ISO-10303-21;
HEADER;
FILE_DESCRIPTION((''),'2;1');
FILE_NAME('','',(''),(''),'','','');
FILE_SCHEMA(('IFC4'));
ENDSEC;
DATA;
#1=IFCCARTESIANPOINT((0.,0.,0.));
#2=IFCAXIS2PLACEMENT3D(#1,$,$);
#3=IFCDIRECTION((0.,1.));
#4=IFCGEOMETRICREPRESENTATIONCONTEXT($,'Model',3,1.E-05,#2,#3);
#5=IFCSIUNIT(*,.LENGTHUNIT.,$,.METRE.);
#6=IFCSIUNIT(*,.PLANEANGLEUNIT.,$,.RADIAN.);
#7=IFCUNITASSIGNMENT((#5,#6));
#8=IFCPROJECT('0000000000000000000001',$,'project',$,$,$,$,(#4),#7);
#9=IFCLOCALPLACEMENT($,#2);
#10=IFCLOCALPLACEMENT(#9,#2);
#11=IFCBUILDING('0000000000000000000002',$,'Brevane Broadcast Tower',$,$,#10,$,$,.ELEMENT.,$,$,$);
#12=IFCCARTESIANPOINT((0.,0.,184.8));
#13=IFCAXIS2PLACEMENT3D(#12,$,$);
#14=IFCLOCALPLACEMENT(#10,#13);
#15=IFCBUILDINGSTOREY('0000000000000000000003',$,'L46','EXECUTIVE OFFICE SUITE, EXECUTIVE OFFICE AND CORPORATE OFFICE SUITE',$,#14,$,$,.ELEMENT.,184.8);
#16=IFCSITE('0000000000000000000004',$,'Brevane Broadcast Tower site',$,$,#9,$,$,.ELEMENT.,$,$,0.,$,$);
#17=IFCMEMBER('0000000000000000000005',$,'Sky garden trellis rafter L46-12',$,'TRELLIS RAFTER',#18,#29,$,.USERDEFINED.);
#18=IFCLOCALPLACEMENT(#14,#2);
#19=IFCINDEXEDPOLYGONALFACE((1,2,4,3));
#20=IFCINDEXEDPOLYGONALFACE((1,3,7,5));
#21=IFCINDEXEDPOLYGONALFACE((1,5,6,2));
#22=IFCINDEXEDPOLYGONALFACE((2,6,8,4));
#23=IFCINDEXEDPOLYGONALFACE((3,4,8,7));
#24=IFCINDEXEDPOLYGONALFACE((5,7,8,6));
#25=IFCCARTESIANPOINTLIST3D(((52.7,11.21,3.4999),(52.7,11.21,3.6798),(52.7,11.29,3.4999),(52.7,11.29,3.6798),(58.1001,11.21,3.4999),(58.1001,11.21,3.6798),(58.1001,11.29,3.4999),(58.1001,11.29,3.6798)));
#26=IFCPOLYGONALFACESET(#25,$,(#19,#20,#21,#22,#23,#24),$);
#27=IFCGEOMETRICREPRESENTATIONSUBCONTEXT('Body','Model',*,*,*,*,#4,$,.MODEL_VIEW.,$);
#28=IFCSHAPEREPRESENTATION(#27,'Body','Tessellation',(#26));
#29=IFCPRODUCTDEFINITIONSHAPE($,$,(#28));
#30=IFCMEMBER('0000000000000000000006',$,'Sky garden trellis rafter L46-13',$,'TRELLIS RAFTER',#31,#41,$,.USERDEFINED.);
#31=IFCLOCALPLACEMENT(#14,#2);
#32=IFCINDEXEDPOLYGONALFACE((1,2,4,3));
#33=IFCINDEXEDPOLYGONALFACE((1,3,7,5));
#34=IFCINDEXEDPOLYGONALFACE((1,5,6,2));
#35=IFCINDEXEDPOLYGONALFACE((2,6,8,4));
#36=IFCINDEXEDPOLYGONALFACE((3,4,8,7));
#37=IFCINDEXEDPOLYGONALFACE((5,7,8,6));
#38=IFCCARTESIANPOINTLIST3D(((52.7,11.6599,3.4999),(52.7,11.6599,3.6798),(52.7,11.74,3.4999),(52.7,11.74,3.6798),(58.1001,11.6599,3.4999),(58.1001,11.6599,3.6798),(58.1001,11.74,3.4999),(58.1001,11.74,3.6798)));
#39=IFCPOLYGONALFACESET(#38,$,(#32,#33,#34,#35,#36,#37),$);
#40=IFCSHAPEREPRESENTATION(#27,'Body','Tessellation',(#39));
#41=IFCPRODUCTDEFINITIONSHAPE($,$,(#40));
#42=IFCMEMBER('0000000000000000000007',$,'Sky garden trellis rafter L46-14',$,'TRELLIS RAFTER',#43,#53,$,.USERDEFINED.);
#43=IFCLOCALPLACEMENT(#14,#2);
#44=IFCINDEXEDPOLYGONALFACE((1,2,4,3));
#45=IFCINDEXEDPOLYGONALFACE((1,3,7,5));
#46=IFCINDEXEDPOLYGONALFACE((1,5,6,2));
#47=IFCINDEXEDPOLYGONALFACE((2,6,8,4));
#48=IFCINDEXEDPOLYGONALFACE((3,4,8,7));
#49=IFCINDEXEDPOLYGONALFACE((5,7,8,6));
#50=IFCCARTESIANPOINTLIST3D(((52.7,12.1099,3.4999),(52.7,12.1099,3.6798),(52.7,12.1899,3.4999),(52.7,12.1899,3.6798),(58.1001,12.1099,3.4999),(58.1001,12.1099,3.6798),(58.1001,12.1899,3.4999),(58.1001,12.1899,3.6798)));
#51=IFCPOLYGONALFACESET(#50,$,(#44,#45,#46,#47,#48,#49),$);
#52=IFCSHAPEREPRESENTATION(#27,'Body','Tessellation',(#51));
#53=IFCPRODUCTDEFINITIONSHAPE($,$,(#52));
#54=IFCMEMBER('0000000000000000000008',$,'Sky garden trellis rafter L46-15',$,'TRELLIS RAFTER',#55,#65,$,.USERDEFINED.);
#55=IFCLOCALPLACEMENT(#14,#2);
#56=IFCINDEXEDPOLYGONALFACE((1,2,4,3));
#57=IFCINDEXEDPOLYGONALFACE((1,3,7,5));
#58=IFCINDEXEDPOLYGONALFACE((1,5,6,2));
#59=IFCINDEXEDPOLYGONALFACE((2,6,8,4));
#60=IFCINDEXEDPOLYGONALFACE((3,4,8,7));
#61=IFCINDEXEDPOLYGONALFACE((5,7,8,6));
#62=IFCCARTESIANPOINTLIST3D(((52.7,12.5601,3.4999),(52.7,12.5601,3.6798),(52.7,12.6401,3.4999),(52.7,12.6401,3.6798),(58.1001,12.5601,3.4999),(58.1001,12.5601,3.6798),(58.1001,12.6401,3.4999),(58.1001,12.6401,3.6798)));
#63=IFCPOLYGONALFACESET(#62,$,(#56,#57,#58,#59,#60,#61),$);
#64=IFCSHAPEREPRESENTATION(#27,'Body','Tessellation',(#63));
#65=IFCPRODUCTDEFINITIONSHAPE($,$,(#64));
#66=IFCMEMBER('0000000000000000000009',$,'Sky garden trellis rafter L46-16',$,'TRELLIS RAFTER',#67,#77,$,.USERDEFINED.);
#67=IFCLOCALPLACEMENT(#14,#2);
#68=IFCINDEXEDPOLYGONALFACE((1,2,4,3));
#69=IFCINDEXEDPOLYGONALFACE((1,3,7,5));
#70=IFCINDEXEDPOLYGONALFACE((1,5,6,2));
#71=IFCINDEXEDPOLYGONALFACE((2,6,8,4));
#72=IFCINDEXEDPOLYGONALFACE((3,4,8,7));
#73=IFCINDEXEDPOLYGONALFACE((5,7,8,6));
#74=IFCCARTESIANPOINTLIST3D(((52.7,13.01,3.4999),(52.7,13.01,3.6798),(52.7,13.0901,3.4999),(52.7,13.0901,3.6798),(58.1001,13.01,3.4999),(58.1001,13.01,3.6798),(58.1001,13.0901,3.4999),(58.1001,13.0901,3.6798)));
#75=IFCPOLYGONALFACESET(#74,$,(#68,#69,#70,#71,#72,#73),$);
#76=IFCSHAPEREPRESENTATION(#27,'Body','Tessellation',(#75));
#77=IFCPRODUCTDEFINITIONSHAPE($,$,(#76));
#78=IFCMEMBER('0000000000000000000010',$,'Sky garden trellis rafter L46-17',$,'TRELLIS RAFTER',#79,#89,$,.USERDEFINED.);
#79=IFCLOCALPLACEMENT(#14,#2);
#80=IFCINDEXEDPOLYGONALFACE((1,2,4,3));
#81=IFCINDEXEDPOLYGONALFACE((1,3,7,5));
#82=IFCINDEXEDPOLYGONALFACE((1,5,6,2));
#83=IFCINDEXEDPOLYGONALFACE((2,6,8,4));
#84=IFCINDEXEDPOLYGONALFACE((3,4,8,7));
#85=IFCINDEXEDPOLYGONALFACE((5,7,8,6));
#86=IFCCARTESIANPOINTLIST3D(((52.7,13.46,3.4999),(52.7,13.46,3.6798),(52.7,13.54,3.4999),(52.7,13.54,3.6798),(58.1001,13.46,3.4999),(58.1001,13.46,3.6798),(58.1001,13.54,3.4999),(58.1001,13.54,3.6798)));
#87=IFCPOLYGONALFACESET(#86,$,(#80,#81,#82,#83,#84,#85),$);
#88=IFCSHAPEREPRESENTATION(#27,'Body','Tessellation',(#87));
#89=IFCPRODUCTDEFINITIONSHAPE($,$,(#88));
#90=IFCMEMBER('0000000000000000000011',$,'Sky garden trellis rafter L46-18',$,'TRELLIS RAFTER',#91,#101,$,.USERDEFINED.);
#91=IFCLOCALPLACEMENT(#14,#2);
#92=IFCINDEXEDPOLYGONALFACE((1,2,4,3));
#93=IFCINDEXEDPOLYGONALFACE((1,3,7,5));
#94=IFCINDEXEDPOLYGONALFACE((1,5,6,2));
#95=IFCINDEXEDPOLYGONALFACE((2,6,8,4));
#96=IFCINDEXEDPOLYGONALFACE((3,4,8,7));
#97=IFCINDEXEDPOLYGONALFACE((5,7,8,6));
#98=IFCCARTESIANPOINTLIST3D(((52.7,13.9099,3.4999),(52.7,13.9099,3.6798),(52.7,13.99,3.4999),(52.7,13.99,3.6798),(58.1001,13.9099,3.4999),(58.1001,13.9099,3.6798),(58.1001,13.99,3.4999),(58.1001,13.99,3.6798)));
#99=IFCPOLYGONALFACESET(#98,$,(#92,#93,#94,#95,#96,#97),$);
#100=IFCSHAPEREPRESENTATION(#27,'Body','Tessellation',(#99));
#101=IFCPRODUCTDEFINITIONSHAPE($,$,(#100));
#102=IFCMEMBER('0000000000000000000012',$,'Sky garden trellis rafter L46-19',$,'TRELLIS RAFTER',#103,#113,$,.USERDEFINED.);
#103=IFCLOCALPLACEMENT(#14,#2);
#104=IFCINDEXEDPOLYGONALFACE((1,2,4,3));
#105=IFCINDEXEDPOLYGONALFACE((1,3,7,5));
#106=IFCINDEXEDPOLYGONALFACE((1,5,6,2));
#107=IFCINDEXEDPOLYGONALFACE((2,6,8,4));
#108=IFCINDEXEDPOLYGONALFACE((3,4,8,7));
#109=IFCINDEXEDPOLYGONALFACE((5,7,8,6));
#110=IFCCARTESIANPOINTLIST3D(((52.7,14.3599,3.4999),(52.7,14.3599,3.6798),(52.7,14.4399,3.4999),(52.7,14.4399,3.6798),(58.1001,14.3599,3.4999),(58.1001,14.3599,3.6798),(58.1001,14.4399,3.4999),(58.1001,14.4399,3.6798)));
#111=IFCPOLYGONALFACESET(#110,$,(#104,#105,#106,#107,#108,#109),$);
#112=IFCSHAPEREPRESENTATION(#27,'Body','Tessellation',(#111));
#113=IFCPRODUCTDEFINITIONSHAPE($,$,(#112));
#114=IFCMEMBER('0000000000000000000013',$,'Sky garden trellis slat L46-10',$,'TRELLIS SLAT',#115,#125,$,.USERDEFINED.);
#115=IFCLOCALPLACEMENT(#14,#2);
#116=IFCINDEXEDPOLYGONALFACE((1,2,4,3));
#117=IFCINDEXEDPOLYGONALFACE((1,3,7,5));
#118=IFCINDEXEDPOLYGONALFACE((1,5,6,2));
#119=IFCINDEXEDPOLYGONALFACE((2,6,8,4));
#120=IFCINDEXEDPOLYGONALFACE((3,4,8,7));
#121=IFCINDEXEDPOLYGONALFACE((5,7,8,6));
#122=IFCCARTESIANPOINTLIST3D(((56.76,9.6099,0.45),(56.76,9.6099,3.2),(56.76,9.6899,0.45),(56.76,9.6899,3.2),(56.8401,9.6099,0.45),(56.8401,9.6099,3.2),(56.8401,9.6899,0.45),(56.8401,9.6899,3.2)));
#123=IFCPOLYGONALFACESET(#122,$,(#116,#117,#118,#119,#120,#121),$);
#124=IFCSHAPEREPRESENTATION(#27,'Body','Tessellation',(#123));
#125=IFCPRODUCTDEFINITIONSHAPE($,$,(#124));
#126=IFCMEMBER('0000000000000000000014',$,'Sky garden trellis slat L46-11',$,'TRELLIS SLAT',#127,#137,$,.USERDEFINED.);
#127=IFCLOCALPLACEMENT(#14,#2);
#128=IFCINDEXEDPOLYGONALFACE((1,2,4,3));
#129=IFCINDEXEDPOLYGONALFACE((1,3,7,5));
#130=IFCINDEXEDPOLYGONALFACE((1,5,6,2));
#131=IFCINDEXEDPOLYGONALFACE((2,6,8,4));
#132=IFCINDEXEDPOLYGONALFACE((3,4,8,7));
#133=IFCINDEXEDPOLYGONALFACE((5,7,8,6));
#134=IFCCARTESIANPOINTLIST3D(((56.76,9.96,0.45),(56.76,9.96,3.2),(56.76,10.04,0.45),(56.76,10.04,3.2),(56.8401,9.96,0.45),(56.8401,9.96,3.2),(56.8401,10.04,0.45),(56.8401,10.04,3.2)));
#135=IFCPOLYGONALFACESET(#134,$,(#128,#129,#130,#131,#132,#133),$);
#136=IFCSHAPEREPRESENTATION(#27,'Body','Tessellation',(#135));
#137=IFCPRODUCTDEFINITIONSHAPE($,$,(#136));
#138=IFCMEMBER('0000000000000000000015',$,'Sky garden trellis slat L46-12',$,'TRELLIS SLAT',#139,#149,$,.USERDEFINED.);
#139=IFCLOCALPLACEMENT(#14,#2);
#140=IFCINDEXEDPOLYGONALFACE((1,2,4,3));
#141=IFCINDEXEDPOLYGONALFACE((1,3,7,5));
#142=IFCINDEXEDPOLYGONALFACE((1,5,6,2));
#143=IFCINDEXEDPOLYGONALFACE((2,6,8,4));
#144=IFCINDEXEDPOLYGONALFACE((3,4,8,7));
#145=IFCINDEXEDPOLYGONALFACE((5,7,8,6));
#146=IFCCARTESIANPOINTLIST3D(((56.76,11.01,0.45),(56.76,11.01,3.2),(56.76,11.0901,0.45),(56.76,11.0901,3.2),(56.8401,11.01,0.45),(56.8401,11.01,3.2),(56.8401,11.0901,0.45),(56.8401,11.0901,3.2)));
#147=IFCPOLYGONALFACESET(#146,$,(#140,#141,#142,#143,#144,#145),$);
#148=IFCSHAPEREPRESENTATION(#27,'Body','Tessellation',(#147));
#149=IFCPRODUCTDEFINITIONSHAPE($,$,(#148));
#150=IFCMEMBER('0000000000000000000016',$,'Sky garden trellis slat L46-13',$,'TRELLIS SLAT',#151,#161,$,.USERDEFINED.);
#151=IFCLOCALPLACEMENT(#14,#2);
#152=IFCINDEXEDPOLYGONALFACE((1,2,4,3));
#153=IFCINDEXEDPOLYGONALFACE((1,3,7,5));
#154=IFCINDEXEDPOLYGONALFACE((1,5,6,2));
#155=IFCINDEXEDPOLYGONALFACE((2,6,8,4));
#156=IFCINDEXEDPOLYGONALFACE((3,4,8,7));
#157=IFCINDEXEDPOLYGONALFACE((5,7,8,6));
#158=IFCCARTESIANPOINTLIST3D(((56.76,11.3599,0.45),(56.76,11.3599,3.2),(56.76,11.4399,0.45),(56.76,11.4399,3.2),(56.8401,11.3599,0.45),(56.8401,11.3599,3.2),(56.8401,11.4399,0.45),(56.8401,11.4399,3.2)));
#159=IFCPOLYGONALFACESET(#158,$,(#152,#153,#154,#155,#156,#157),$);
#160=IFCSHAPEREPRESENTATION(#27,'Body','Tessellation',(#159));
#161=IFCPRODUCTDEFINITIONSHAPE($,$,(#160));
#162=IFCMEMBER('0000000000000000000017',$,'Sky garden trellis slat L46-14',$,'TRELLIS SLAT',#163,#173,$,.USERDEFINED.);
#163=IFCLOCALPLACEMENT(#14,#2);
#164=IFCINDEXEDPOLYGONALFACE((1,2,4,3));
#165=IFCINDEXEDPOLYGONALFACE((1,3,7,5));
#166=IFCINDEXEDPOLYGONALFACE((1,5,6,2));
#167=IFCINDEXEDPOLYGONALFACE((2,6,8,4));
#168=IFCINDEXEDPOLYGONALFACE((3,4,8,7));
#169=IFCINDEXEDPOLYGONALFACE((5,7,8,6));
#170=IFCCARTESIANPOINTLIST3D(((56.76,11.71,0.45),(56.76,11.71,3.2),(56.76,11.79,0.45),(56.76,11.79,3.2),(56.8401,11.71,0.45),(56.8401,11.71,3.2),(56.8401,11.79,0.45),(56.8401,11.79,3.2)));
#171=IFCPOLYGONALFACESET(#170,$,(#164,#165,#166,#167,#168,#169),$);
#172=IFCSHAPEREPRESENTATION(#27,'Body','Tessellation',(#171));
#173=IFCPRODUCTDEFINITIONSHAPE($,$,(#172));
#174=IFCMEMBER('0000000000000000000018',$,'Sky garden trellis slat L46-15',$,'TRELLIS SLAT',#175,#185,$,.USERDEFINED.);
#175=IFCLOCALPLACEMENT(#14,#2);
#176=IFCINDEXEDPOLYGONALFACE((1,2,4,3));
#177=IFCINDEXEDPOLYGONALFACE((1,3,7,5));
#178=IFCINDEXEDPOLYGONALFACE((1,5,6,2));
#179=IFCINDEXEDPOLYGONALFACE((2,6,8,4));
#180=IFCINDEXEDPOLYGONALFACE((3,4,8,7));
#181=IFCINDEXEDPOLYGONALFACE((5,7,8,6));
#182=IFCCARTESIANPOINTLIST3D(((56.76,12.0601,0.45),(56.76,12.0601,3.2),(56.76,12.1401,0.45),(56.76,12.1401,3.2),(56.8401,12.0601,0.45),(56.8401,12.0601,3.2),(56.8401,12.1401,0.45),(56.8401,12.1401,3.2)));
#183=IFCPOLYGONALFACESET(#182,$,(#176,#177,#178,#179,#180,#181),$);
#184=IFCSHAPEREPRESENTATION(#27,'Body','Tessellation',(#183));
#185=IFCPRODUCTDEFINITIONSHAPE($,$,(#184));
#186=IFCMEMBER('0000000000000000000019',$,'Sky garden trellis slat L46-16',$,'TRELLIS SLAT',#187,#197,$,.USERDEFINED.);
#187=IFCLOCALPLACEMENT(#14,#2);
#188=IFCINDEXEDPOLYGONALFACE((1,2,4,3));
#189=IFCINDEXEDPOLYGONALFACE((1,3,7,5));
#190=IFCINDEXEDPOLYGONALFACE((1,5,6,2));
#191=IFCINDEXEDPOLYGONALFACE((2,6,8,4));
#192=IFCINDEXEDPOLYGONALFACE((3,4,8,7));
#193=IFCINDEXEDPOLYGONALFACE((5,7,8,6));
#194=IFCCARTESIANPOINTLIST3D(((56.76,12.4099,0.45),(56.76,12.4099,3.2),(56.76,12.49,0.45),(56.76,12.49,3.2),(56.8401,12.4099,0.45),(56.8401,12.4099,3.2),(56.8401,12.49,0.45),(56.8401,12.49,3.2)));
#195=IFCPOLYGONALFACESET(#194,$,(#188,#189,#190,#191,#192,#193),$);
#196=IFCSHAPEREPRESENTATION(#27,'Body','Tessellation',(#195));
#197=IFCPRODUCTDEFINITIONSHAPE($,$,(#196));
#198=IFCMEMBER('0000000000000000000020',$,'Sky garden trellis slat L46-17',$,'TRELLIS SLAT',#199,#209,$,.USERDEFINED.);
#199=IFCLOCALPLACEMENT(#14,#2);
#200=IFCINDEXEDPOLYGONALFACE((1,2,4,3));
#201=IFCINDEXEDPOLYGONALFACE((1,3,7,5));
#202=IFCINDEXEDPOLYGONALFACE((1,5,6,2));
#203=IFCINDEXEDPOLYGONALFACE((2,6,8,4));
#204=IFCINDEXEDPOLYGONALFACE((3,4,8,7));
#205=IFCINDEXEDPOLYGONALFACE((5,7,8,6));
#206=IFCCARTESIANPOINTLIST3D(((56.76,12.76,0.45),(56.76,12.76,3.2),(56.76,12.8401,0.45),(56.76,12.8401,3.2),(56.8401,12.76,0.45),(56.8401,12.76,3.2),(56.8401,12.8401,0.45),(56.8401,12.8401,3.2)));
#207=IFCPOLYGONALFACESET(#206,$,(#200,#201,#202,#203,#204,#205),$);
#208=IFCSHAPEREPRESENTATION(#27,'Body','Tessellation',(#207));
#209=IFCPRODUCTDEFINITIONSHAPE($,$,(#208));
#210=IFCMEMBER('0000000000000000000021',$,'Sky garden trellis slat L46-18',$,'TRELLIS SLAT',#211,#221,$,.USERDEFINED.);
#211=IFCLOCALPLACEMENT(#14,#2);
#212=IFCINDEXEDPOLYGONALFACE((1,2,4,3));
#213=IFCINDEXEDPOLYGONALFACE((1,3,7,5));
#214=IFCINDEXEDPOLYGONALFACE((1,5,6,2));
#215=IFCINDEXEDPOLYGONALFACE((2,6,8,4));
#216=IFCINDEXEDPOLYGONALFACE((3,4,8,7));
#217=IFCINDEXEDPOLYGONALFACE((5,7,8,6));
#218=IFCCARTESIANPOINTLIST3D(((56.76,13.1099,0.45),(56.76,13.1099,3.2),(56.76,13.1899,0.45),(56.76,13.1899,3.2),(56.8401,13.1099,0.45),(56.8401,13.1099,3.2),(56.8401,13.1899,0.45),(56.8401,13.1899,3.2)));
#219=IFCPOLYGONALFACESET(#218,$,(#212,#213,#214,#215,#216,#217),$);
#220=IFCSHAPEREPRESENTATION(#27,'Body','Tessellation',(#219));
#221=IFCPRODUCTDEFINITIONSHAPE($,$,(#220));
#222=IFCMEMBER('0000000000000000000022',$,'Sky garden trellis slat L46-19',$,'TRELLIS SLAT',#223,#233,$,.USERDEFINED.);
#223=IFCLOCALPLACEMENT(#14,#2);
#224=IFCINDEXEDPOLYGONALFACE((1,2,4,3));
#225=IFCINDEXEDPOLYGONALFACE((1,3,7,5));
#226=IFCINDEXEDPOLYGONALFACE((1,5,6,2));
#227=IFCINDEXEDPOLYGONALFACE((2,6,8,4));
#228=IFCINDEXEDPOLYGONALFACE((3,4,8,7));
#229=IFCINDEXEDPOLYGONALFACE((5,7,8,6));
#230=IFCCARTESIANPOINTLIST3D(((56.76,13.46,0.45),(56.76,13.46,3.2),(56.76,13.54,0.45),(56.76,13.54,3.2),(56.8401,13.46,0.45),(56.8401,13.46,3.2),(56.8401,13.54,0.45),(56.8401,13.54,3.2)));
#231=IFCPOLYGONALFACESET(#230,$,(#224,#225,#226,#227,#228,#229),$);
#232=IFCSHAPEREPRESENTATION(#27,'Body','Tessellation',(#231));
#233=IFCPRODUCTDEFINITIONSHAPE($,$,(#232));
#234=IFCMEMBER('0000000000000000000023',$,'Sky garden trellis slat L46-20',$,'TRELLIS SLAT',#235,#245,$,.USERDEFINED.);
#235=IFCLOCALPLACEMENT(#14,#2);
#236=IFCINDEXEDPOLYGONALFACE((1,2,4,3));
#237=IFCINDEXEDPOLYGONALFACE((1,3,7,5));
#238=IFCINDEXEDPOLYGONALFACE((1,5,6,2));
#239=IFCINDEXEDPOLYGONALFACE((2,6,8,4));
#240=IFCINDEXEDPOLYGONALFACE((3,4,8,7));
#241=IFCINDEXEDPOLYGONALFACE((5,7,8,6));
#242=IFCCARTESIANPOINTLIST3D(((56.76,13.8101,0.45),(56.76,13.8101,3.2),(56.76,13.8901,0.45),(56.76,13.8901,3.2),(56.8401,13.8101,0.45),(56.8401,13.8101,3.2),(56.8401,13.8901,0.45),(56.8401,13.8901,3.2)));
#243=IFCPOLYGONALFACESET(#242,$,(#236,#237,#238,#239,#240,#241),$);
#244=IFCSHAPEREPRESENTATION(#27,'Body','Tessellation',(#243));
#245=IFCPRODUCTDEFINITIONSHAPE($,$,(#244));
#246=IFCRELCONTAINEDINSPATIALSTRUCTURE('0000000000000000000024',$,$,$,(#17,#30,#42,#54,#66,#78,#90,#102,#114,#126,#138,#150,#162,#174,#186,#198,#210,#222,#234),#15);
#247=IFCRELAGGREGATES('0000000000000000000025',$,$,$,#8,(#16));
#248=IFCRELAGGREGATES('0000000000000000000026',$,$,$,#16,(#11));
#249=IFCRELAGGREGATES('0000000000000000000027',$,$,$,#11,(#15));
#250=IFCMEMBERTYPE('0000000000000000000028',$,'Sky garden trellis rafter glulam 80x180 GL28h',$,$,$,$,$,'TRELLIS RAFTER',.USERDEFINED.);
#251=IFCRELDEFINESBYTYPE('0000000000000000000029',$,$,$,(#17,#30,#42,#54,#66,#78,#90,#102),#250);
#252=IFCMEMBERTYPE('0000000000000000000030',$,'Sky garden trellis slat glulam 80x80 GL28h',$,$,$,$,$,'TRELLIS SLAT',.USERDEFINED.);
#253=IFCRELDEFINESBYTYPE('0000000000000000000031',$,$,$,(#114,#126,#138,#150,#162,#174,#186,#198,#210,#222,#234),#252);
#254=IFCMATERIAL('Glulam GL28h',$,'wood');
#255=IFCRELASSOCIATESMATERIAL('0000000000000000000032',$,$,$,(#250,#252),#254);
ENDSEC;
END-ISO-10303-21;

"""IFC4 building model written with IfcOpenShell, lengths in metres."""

from ifc_helpers import new_model, si_unit, direction, frame, origin, origin_2d, place, context, subcontext, project, spatial, rectangle, extrude, material, material_profile, profile_set, type_object, element, save


model = new_model("IFC4")

# Units and contexts
model_context = context("Model", 3, precision=1e-05, world=origin(), true_north=direction((0.0, 1.0)))
body_context = subcontext(model_context, "Body", "Model", "MODEL_VIEW")
ifc_project = project(units=[si_unit("LENGTHUNIT", "METRE"), si_unit("PLANEANGLEUNIT", "RADIAN")], contexts=[model_context])

# Site, building, storey
site_placement = place(None, origin())
site = spatial("IfcSite", under=ifc_project, at=site_placement, Name="Brevane Broadcast Tower site", CompositionType="ELEMENT", RefElevation=0.0)
building_placement = place(site_placement, origin())
building = spatial("IfcBuilding", under=site, at=building_placement, Name="Brevane Broadcast Tower", CompositionType="ELEMENT")
storey_placement = place(building_placement, frame((0.0, 0.0, 184.8)))
storey = spatial("IfcBuildingStorey", under=building, at=storey_placement, Name="L46", Description="EXECUTIVE OFFICE SUITE, EXECUTIVE OFFICE AND CORPORATE OFFICE SUITE", CompositionType="ELEMENT", Elevation=184.8)

# Members
ifc_material_1 = material(Name="Glulam GL28h", Category="wood")
ifc_material_profile_1 = material_profile(ifc_material_1, rectangle(XDim=0.0801, YDim=0.1799, at=origin_2d()), Name="RECT 80x180")
ifc_profile_set_1 = profile_set([ifc_material_profile_1], Name="Glulam GL28h")
member_type_1 = type_object("IfcMemberType", Name="Sky garden trellis rafter glulam 80x180 GL28h", ElementType="TRELLIS RAFTER", PredefinedType="USERDEFINED", material=ifc_profile_set_1)
for number, where, z_axis, x_axis, name in (
    (1, (52.7, 11.25, 3.5898), (1.0, 0.0, 0.0), (0.0, 1.0, 0.0), "Sky garden trellis rafter L46-12"),
    (2, (52.7, 11.7, 3.5898), (1.0, 0.0, 0.0), (0.0, 1.0, 0.0), "Sky garden trellis rafter L46-13"),
    (3, (52.7, 12.1499, 3.5898), (1.0, 0.0, 0.0), (0.0, 1.0, 0.0), "Sky garden trellis rafter L46-14"),
    (4, (52.7, 12.6001, 3.5898), (1.0, 0.0, 0.0), (0.0, 1.0, 0.0), "Sky garden trellis rafter L46-15"),
    (5, (52.7, 13.05, 3.5898), (1.0, 0.0, 0.0), (0.0, 1.0, 0.0), "Sky garden trellis rafter L46-16"),
    (6, (52.7, 13.5, 3.5898), (1.0, 0.0, 0.0), (0.0, 1.0, 0.0), "Sky garden trellis rafter L46-17"),
    (7, (52.7, 13.95, 3.5898), (1.0, 0.0, 0.0), (0.0, 1.0, 0.0), "Sky garden trellis rafter L46-18"),
    (8, (52.7, 14.3999, 3.5898), (1.0, 0.0, 0.0), (0.0, 1.0, 0.0), "Sky garden trellis rafter L46-19"),
):
    element("IfcMember", number, at=place(storey_placement, frame(where, z_axis=z_axis, x_axis=x_axis)), inside=storey, type_object=member_type_1, Name=name, ObjectType="TRELLIS RAFTER", PredefinedType="USERDEFINED", context=body_context, shape_type="SweptSolid", body=[
        extrude(rectangle(XDim=0.0801, YDim=0.1799, at=origin_2d()), origin(), (0.0, 0.0, 1.0), 5.4001),
    ])
ifc_material_profile_2 = material_profile(ifc_material_1, rectangle(XDim=0.0801, YDim=0.0801, at=origin_2d()), Name="RECT 80x80")
ifc_profile_set_2 = profile_set([ifc_material_profile_2], Name="Glulam GL28h")
member_type_2 = type_object("IfcMemberType", Name="Sky garden trellis slat glulam 80x80 GL28h", ElementType="TRELLIS SLAT", PredefinedType="USERDEFINED", material=ifc_profile_set_2)
for number, where, z_axis, x_axis, name in (
    (9, (56.8, 9.6499, 0.45), (0.0, 0.0, 1.0), (1.0, 0.0, 0.0), "Sky garden trellis slat L46-10"),
    (10, (56.8, 10.0, 0.45), (0.0, 0.0, 1.0), (1.0, 0.0, 0.0), "Sky garden trellis slat L46-11"),
    (11, (56.8, 11.05, 0.45), (0.0, 0.0, 1.0), (1.0, 0.0, 0.0), "Sky garden trellis slat L46-12"),
    (12, (56.8, 11.3999, 0.45), (0.0, 0.0, 1.0), (1.0, 0.0, 0.0), "Sky garden trellis slat L46-13"),
    (13, (56.8, 11.75, 0.45), (0.0, 0.0, 1.0), (1.0, 0.0, 0.0), "Sky garden trellis slat L46-14"),
    (14, (56.8, 12.1001, 0.45), (0.0, 0.0, 1.0), (1.0, 0.0, 0.0), "Sky garden trellis slat L46-15"),
    (15, (56.8, 12.45, 0.45), (0.0, 0.0, 1.0), (1.0, 0.0, 0.0), "Sky garden trellis slat L46-16"),
    (16, (56.8, 12.8, 0.45), (0.0, 0.0, 1.0), (1.0, 0.0, 0.0), "Sky garden trellis slat L46-17"),
    (17, (56.8, 13.1499, 0.45), (0.0, 0.0, 1.0), (1.0, 0.0, 0.0), "Sky garden trellis slat L46-18"),
    (18, (56.8, 13.5, 0.45), (0.0, 0.0, 1.0), (1.0, 0.0, 0.0), "Sky garden trellis slat L46-19"),
    (19, (56.8, 13.8501, 0.45), (0.0, 0.0, 1.0), (1.0, 0.0, 0.0), "Sky garden trellis slat L46-20"),
):
    element("IfcMember", number, at=place(storey_placement, frame(where, z_axis=z_axis, x_axis=x_axis)), inside=storey, type_object=member_type_2, Name=name, ObjectType="TRELLIS SLAT", PredefinedType="USERDEFINED", context=body_context, shape_type="SweptSolid", body=[
        extrude(rectangle(XDim=0.0801, YDim=0.0801, at=origin_2d()), origin(), (0.0, 0.0, 1.0), 2.75),
    ])

save(model, "model.ifc")
